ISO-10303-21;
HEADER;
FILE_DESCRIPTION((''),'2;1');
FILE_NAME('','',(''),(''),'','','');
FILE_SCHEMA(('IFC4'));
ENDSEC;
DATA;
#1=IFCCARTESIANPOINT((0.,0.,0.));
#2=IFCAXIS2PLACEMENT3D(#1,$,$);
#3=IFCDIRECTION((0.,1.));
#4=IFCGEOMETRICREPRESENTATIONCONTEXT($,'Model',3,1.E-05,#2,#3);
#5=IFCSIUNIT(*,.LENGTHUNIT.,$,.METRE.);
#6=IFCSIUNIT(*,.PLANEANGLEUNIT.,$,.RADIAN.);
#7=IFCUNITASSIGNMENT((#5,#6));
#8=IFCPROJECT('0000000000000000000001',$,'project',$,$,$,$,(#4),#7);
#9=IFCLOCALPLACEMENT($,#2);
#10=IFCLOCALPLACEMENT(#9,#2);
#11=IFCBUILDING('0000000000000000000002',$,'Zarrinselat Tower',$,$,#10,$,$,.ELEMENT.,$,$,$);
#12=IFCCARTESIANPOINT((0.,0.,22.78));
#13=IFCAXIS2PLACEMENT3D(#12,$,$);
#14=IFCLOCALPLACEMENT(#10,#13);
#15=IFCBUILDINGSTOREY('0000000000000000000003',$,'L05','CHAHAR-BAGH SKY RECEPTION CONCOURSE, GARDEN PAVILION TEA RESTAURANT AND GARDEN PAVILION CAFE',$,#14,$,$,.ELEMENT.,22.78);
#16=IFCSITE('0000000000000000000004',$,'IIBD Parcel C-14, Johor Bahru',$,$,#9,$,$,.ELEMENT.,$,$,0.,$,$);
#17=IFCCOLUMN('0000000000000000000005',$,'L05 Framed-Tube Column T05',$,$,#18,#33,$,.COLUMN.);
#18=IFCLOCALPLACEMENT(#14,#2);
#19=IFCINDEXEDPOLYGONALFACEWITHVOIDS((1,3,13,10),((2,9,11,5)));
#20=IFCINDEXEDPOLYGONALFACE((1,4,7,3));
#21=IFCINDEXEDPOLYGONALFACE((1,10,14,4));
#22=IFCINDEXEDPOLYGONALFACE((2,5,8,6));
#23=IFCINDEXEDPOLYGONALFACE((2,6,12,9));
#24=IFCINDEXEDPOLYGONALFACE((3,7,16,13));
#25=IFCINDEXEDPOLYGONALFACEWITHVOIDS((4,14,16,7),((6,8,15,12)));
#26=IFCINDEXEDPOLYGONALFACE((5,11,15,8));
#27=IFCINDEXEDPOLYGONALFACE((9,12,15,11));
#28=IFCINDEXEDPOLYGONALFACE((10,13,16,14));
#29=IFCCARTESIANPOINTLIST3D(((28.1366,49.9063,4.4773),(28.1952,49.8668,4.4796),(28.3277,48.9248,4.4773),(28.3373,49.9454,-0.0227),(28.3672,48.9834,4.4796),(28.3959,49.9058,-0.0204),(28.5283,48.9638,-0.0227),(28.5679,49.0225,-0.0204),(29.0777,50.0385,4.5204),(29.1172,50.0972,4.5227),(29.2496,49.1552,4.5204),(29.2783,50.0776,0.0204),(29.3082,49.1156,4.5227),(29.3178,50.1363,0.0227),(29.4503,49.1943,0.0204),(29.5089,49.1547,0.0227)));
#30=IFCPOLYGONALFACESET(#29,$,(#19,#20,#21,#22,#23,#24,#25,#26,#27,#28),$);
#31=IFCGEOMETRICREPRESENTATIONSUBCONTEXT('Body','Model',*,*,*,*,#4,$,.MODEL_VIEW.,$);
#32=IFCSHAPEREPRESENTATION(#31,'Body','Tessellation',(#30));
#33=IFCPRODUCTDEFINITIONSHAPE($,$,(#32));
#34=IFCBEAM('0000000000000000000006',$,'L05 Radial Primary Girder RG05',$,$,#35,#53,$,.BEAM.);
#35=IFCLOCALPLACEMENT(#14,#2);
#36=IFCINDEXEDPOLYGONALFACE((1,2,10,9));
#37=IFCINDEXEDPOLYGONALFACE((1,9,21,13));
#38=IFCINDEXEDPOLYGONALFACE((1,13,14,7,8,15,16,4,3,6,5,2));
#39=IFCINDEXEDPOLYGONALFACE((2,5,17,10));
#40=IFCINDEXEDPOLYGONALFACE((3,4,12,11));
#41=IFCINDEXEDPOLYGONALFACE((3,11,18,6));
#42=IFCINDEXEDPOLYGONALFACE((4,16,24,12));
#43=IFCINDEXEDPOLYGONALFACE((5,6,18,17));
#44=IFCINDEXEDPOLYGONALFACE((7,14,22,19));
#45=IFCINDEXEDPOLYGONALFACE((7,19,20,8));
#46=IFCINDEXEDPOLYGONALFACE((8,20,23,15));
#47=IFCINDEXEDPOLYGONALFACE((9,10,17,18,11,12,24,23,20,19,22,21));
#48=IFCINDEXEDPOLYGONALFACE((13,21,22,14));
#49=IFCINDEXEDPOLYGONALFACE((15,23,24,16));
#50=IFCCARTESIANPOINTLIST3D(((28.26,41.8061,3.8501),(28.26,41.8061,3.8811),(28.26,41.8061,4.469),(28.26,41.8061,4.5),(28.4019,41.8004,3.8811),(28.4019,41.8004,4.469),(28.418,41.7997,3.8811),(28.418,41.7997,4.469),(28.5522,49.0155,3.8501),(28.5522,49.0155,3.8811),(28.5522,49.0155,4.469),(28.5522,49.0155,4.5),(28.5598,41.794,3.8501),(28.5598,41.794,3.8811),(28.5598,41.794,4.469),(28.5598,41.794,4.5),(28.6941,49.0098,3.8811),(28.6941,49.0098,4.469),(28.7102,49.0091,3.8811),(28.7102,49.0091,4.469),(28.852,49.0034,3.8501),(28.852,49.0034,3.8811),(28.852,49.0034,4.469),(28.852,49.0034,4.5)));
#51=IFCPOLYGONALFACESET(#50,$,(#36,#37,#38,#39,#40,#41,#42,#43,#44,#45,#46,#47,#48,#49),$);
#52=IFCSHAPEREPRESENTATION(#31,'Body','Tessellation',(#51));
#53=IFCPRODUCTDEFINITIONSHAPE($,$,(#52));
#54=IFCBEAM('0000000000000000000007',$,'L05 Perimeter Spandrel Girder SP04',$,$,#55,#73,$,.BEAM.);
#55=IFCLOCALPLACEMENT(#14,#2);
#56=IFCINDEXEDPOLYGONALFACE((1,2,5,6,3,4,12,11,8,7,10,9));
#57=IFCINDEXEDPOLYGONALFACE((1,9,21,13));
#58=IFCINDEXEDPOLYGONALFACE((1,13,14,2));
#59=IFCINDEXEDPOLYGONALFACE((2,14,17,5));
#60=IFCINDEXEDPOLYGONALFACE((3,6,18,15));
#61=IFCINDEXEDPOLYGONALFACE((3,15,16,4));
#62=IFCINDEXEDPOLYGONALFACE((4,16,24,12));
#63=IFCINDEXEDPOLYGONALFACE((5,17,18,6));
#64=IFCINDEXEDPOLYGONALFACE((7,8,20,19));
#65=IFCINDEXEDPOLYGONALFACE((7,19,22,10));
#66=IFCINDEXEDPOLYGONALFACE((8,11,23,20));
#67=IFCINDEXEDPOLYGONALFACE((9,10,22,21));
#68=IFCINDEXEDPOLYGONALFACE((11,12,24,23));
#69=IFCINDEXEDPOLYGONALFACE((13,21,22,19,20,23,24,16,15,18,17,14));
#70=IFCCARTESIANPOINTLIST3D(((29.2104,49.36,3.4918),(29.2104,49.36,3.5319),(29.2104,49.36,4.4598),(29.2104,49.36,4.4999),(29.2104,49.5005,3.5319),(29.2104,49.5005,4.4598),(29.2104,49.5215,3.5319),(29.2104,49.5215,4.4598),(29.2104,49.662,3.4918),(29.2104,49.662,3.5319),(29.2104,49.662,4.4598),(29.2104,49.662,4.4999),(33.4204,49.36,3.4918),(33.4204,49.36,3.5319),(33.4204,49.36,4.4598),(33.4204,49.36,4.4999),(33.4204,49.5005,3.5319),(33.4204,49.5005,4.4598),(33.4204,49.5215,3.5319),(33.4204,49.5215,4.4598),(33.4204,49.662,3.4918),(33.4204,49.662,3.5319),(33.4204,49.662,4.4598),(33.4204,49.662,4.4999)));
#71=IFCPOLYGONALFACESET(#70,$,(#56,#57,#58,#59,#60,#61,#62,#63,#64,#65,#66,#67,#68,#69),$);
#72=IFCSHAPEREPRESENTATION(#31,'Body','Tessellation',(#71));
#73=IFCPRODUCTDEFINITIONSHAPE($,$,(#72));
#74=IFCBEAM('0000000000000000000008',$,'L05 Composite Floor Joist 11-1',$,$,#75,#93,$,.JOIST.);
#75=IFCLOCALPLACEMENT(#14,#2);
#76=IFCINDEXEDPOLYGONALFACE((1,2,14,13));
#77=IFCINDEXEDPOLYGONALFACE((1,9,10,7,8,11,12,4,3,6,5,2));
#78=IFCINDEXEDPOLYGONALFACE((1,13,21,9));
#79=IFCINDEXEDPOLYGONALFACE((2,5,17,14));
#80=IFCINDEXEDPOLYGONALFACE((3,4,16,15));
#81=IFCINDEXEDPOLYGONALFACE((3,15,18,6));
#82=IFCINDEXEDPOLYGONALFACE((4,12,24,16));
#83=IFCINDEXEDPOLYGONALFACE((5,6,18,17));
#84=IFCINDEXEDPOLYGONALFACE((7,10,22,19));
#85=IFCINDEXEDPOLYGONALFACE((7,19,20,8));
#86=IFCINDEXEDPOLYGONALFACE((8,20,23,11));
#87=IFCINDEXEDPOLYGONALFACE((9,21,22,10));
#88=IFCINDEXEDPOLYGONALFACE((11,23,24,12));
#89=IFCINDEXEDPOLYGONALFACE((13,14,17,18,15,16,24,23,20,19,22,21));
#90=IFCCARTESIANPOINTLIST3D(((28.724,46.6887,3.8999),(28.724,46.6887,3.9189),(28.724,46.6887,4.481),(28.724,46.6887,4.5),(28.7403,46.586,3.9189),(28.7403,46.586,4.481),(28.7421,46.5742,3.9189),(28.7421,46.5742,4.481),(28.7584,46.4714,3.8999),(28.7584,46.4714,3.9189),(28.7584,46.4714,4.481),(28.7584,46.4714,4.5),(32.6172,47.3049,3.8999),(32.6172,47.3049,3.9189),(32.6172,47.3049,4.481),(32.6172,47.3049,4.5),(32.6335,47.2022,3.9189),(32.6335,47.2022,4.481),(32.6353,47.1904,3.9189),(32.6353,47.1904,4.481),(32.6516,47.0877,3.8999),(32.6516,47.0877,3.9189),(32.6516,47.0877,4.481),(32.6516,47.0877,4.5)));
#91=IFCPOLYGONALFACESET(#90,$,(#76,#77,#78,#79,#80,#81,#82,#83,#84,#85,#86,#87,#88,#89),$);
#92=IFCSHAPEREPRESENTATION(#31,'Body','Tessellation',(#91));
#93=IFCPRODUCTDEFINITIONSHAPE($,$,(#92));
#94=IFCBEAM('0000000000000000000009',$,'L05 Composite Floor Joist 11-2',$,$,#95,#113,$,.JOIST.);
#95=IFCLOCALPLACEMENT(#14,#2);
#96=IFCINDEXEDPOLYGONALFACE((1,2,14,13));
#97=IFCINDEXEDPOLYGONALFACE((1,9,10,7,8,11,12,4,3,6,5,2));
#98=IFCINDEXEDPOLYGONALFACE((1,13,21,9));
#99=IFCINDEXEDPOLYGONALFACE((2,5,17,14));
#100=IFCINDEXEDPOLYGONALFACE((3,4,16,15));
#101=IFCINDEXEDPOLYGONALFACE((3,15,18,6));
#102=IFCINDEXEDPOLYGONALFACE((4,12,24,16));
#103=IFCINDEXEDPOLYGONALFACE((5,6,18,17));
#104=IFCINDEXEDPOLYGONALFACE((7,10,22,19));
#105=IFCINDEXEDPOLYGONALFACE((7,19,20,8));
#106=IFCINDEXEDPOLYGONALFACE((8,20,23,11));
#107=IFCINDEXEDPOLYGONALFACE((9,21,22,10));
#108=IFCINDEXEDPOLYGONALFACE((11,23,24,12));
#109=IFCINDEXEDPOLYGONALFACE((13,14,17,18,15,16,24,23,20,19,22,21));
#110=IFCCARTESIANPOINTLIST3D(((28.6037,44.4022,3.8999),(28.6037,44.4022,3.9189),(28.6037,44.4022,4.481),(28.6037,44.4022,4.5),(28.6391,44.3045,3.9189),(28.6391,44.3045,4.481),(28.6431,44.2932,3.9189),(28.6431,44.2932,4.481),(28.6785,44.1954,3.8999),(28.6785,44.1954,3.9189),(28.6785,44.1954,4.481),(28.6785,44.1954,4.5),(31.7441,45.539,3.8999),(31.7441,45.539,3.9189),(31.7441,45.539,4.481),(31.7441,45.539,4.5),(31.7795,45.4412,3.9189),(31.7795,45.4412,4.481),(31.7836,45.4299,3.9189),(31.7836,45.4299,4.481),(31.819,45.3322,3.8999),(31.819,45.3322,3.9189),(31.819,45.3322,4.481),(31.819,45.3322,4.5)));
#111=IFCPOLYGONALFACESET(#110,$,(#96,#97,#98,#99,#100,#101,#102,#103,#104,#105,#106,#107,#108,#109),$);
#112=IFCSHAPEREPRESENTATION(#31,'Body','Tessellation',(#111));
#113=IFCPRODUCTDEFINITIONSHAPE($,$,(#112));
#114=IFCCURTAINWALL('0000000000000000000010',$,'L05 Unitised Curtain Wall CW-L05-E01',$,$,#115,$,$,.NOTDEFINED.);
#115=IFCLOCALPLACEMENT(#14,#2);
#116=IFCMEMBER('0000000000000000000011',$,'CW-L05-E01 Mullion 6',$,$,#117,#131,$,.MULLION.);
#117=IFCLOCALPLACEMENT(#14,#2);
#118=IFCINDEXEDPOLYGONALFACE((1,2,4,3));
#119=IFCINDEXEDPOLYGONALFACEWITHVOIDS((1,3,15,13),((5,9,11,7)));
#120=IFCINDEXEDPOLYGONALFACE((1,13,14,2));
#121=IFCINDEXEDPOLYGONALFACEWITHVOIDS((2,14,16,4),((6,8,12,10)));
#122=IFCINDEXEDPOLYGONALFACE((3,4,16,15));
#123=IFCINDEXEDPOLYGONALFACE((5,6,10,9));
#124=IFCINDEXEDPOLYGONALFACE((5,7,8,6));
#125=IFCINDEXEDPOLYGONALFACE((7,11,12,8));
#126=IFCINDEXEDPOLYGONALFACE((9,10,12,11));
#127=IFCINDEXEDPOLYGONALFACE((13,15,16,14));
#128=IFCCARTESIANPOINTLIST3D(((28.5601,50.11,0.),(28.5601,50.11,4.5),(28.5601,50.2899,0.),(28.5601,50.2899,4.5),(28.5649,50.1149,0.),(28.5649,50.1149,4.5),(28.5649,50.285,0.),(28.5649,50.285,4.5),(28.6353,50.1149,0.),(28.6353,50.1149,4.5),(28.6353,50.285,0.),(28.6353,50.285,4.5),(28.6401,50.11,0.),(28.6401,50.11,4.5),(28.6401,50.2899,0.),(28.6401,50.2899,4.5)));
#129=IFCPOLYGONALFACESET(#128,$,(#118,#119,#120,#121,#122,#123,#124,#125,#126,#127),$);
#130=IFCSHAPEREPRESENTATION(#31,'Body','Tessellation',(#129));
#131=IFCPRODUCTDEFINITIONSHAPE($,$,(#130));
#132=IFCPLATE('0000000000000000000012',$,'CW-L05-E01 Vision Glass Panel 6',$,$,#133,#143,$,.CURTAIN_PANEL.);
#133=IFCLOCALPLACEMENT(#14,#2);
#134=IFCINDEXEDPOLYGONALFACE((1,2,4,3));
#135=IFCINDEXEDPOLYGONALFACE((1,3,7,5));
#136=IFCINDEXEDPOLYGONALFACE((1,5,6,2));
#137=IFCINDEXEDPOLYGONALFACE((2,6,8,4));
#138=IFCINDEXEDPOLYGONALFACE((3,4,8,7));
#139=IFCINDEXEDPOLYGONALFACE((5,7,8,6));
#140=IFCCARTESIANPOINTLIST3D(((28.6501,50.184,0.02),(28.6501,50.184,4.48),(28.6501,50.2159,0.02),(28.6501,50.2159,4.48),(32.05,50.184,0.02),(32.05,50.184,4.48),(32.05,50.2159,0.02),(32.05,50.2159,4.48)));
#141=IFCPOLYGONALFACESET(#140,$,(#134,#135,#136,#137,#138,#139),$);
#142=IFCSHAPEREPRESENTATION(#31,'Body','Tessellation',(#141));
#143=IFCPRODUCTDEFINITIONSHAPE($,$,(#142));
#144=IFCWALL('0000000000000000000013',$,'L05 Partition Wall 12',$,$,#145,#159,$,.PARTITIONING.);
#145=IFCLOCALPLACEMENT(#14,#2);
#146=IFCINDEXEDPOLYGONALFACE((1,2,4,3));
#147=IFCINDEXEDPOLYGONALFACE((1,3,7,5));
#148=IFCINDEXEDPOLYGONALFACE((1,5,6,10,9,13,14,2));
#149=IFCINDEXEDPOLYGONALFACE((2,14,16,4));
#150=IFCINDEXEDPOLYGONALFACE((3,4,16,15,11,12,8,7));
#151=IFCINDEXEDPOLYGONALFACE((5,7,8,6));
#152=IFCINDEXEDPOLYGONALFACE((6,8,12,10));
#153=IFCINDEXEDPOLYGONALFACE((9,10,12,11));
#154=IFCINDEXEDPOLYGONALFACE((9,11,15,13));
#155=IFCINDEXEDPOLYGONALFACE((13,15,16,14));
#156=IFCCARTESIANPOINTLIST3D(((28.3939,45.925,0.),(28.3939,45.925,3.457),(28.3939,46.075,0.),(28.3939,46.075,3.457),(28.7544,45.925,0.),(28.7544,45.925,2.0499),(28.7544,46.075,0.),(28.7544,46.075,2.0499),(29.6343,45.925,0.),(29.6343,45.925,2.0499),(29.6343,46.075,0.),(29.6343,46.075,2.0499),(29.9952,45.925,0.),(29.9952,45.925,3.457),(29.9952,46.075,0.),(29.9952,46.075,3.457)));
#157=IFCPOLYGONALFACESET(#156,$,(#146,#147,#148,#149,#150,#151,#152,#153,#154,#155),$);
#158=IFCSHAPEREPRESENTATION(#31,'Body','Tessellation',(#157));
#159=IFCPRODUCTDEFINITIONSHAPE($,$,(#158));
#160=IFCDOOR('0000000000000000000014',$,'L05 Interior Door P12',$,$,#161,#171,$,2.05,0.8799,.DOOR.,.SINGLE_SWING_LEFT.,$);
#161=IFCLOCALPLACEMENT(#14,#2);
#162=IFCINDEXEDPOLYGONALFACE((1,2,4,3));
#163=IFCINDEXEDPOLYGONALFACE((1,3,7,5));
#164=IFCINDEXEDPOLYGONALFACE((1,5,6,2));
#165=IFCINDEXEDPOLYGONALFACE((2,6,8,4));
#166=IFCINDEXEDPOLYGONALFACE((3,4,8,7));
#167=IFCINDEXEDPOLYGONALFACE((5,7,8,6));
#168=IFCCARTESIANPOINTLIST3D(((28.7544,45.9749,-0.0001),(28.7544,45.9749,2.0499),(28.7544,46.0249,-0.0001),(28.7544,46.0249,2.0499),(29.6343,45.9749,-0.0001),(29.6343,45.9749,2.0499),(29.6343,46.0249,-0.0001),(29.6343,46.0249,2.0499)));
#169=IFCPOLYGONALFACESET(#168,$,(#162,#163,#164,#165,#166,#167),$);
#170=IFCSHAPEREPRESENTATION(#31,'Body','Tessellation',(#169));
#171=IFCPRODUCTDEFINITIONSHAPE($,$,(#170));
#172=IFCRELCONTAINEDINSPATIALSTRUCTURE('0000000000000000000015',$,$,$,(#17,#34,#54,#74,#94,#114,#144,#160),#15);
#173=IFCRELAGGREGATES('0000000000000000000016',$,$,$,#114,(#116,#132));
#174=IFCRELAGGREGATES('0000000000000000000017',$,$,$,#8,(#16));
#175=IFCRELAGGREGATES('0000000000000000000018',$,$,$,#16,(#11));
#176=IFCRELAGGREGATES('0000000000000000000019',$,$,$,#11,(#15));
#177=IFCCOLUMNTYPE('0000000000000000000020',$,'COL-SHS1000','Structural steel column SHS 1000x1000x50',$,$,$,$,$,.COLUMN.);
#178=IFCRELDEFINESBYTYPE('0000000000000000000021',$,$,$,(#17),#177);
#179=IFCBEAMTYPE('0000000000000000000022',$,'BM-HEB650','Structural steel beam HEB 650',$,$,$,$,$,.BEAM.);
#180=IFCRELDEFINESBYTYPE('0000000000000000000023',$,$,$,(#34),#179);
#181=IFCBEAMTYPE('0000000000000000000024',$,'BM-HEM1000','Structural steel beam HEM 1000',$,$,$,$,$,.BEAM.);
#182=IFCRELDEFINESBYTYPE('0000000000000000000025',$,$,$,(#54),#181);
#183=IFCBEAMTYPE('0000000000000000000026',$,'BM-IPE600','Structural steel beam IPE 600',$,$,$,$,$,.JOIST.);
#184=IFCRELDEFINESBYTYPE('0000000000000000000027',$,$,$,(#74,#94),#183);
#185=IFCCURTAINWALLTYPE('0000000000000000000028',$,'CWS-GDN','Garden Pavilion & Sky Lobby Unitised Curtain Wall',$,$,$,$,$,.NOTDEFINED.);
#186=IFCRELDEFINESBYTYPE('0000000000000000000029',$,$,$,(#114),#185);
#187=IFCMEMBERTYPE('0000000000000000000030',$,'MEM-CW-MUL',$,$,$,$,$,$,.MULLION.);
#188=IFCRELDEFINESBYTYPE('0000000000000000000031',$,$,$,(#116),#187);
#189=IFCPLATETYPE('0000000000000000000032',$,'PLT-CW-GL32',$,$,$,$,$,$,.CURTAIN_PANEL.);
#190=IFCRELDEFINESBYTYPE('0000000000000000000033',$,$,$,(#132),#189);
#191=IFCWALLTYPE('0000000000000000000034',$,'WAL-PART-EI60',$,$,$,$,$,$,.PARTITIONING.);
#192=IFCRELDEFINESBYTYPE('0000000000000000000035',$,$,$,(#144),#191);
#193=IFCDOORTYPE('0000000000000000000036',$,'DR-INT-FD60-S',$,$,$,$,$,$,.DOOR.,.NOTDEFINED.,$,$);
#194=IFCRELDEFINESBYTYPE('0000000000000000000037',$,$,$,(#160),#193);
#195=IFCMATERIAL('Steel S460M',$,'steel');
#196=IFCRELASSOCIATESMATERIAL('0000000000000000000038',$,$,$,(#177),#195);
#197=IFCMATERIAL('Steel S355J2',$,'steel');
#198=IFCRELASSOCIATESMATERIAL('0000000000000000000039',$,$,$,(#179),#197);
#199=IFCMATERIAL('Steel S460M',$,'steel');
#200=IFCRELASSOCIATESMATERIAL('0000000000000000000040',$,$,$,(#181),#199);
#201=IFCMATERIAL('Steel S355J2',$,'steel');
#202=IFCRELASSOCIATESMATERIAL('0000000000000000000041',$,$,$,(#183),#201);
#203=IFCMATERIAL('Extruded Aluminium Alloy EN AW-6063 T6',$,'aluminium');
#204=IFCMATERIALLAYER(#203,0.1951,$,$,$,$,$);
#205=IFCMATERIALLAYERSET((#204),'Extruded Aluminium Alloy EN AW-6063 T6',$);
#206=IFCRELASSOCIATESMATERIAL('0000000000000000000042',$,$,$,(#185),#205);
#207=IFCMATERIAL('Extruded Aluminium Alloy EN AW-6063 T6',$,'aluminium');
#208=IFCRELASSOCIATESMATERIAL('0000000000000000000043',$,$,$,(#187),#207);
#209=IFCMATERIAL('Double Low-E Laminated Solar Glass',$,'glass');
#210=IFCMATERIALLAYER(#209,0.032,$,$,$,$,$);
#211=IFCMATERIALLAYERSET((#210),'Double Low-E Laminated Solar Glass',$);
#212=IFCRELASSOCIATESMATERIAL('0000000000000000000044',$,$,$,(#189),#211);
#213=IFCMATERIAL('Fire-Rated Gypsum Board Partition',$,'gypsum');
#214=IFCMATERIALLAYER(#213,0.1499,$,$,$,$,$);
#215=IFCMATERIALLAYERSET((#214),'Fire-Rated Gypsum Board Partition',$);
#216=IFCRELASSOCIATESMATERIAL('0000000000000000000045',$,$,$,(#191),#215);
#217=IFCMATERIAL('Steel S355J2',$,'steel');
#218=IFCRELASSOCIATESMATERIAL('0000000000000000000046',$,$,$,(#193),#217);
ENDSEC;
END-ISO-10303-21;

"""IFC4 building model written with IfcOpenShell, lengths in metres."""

from ifc_helpers import new_model, si_unit, direction, frame, frame_2d, origin, origin_2d, place, context, subcontext, project, spatial, rectangle, hollow_rectangle, i_section, extrude, material, layer, layer_set, material_profile, profile_set, type_object, element, fill, aggregate, save


model = new_model("IFC4")

# Units and contexts
model_context = context("Model", 3, precision=1e-05, world=origin(), true_north=direction((0.0, 1.0)))
body_context = subcontext(model_context, "Body", "Model", "MODEL_VIEW")
ifc_project = project(units=[si_unit("LENGTHUNIT", "METRE"), si_unit("PLANEANGLEUNIT", "RADIAN")], contexts=[model_context])

# Site, building, storey
site_placement = place(None, origin())
site = spatial("IfcSite", under=ifc_project, at=site_placement, Name="IIBD Parcel C-14, Johor Bahru", CompositionType="ELEMENT", RefElevation=0.0)
building_placement = place(site_placement, origin())
building = spatial("IfcBuilding", under=site, at=building_placement, Name="Zarrinselat Tower", CompositionType="ELEMENT")
storey_placement = place(building_placement, frame((0.0, 0.0, 22.78)))
storey = spatial("IfcBuildingStorey", under=building, at=storey_placement, Name="L05", Description="CHAHAR-BAGH SKY RECEPTION CONCOURSE, GARDEN PAVILION TEA RESTAURANT AND GARDEN PAVILION CAFE", CompositionType="ELEMENT", Elevation=22.78)

# Column
ifc_material_1 = material(Name="Steel S460M", Category="steel")
ifc_material_profile_1 = material_profile(ifc_material_1, hollow_rectangle(XDim=1.0, YDim=1.0, WallThickness=0.05, at=origin_2d()), Name="SHS 1000x1000x50")
ifc_profile_set_1 = profile_set([ifc_material_profile_1], Name="Steel S460M")
column_type = type_object("IfcColumnType", Name="COL-SHS1000", Description="Structural steel column SHS 1000x1000x50", PredefinedType="COLUMN", material=ifc_profile_set_1)
column_placement = place(storey_placement, frame((28.9231, 49.55, 0.0), z_axis=(-0.04455, -0.008672, 0.99897), x_axis=(0.191061, -0.981578, 0.0)))
element("IfcColumn", 1, at=column_placement, inside=storey, type_object=column_type, Name="L05 Framed-Tube Column T05", PredefinedType="COLUMN", context=body_context, shape_type="SweptSolid", body=[
    extrude(hollow_rectangle(XDim=1.0, YDim=1.0, WallThickness=0.05, at=origin_2d()), origin(), (0.0, 0.0, 1.0), 4.5046),
])

# Beams
ifc_material_2 = material(Name="Steel S355J2", Category="steel")
ifc_material_profile_2 = material_profile(ifc_material_2, i_section(OverallWidth=0.3, OverallDepth=0.6499, WebThickness=0.0161, FlangeThickness=0.031, at=origin_2d()), Name="HEB 650")
ifc_profile_set_2 = profile_set([ifc_material_profile_2], Name="Steel S355J2")
beam_type_1 = type_object("IfcBeamType", Name="BM-HEB650", Description="Structural steel beam HEB 650", PredefinedType="BEAM", material=ifc_profile_set_2)
beam_1_placement = place(storey_placement, frame((28.4099, 41.8, 4.175), z_axis=(0.040502, 0.999179, 0.0), x_axis=(-0.999179, 0.040502, 0.0)))
element("IfcBeam", 2, at=beam_1_placement, inside=storey, type_object=beam_type_1, Name="L05 Radial Primary Girder RG05", PredefinedType="BEAM", context=body_context, shape_type="SweptSolid", body=[
    extrude(i_section(OverallWidth=0.3, OverallDepth=0.6499, WebThickness=0.0161, FlangeThickness=0.031, at=origin_2d()), origin(), (0.0, 0.0, 1.0), 7.2153),
])
ifc_material_3 = material(Name="Steel S460M", Category="steel")
ifc_material_profile_3 = material_profile(ifc_material_3, i_section(OverallWidth=0.302, OverallDepth=1.0081, WebThickness=0.021, FlangeThickness=0.04, at=origin_2d()), Name="HEM 1000")
ifc_profile_set_3 = profile_set([ifc_material_profile_3], Name="Steel S460M")
beam_type_2 = type_object("IfcBeamType", Name="BM-HEM1000", Description="Structural steel beam HEM 1000", PredefinedType="BEAM", material=ifc_profile_set_3)
beam_2_placement = place(storey_placement, frame((29.2104, 49.511, 3.9958), z_axis=(1.0, 0.0, 0.0), x_axis=(0.0, 1.0, 0.0)))
element("IfcBeam", 3, at=beam_2_placement, inside=storey, type_object=beam_type_2, Name="L05 Perimeter Spandrel Girder SP04", PredefinedType="BEAM", context=body_context, shape_type="SweptSolid", body=[
    extrude(i_section(OverallWidth=0.302, OverallDepth=1.0081, WebThickness=0.021, FlangeThickness=0.04, at=origin_2d()), origin(), (0.0, 0.0, 1.0), 4.21),
])
ifc_material_4 = material(Name="Steel S355J2", Category="steel")
ifc_material_profile_4 = material_profile(ifc_material_4, i_section(OverallWidth=0.22, OverallDepth=0.6001, WebThickness=0.012, FlangeThickness=0.019, at=origin_2d()), Name="IPE 600")
ifc_profile_set_4 = profile_set([ifc_material_profile_4], Name="Steel S355J2")
beam_type_3 = type_object("IfcBeamType", Name="BM-IPE600", Description="Structural steel beam IPE 600", PredefinedType="JOIST", material=ifc_profile_set_4)
beam_3_placement = place(storey_placement, frame((28.7412, 46.5801, 4.2), z_axis=(0.987704, 0.156338, 0.0), x_axis=(-0.156338, 0.987704, 0.0)))
element("IfcBeam", 4, at=beam_3_placement, inside=storey, type_object=beam_type_3, Name="L05 Composite Floor Joist 11-1", PredefinedType="JOIST", context=body_context, shape_type="SweptSolid", body=[
    extrude(i_section(OverallWidth=0.22, OverallDepth=0.6001, WebThickness=0.012, FlangeThickness=0.019, at=origin_2d()), origin(), (0.0, 0.0, 1.0), 3.9417),
])
beam_4_placement = place(storey_placement, frame((28.6411, 44.2988, 4.2), z_axis=(0.940296, 0.340358, 0.0), x_axis=(-0.340358, 0.940296, 0.0)))
element("IfcBeam", 5, at=beam_4_placement, inside=storey, type_object=beam_type_3, Name="L05 Composite Floor Joist 11-2", PredefinedType="JOIST", context=body_context, shape_type="SweptSolid", body=[
    extrude(i_section(OverallWidth=0.22, OverallDepth=0.6001, WebThickness=0.012, FlangeThickness=0.019, at=origin_2d()), origin(), (0.0, 0.0, 1.0), 3.3398),
])

# Curtain wall, member, plate
ifc_material_5 = material(Name="Extruded Aluminium Alloy EN AW-6063 T6", Category="aluminium")
ifc_layer_1 = layer(ifc_material_5, 0.1951)
ifc_layer_set_1 = layer_set([ifc_layer_1], Name="Extruded Aluminium Alloy EN AW-6063 T6")
curtain_wall_type = type_object("IfcCurtainWallType", Name="CWS-GDN", Description="Garden Pavilion & Sky Lobby Unitised Curtain Wall", PredefinedType="NOTDEFINED", material=ifc_layer_set_1)
curtain_wall_placement = place(storey_placement, origin())
curtain_wall = element("IfcCurtainWall", 6, at=curtain_wall_placement, inside=storey, type_object=curtain_wall_type, Name="L05 Unitised Curtain Wall CW-L05-E01", PredefinedType="NOTDEFINED")
ifc_material_6 = material(Name="Extruded Aluminium Alloy EN AW-6063 T6", Category="aluminium")
ifc_material_profile_5 = material_profile(ifc_material_6, hollow_rectangle(XDim=0.0801, YDim=0.1799, WallThickness=0.0049, at=origin_2d()), Name="RHS 180x80x5")
ifc_profile_set_5 = profile_set([ifc_material_profile_5], Name="Extruded Aluminium Alloy EN AW-6063 T6")
member_type = type_object("IfcMemberType", Name="MEM-CW-MUL", PredefinedType="MULLION", material=ifc_profile_set_5)
member_placement = place(storey_placement, frame((28.6001, 50.2, 0.0), z_axis=(0.0, 0.0, 1.0), x_axis=(-1.0, 0.0, 0.0)))
member = element("IfcMember", 7, at=member_placement, type_object=member_type, Name="CW-L05-E01 Mullion 6", PredefinedType="MULLION", context=body_context, shape_type="SweptSolid", body=[
    extrude(hollow_rectangle(XDim=0.0801, YDim=0.1799, WallThickness=0.0049, at=origin_2d()), origin(), (0.0, 0.0, 1.0), 4.5),
])
ifc_material_7 = material(Name="Double Low-E Laminated Solar Glass", Category="glass")
ifc_layer_2 = layer(ifc_material_7, 0.032)
ifc_layer_set_2 = layer_set([ifc_layer_2], Name="Double Low-E Laminated Solar Glass")
plate_type = type_object("IfcPlateType", Name="PLT-CW-GL32", PredefinedType="CURTAIN_PANEL", material=ifc_layer_set_2)
plate_placement = place(storey_placement, frame((30.3501, 50.2, 0.02), z_axis=(0.0, 0.0, 1.0), x_axis=(-1.0, 0.0, 0.0)))
plate = element("IfcPlate", 8, at=plate_placement, type_object=plate_type, Name="CW-L05-E01 Vision Glass Panel 6", PredefinedType="CURTAIN_PANEL", context=body_context, shape_type="SweptSolid", body=[
    extrude(rectangle(XDim=3.3999, YDim=0.032, at=origin_2d()), origin(), (0.0, 0.0, 1.0), 4.46),
])
aggregate(curtain_wall, [member, plate])

# Wall, opening, door
ifc_material_8 = material(Name="Fire-Rated Gypsum Board Partition", Category="gypsum")
ifc_layer_3 = layer(ifc_material_8, 0.1499)
ifc_layer_set_3 = layer_set([ifc_layer_3], Name="Fire-Rated Gypsum Board Partition")
wall_type_1 = type_object("IfcWallType", Name="WAL-PART-EI60", PredefinedType="PARTITIONING", material=ifc_layer_set_3)
wall_1_placement = place(storey_placement, frame((28.3938, 46.0, 0.0), z_axis=(0.0, 0.0, 1.0), x_axis=(1.0, 0.0, 0.0)))
wall_1 = element("IfcWall", 9, at=wall_1_placement, inside=storey, type_object=wall_type_1, Name="L05 Partition Wall 12", PredefinedType="PARTITIONING", context=body_context, shape_type="SweptSolid", body=[
    extrude(rectangle(XDim=1.6013, YDim=0.1499, at=frame_2d((0.8008, 0.0))), origin(), (0.0, 0.0, 1.0), 3.457),
])
opening_1_placement = place(wall_1_placement, frame((0.3606, 0.0, 0.0)))
opening_1 = element("IfcOpeningElement", 10, at=opening_1_placement, cuts=wall_1, PredefinedType="OPENING", context=body_context, shape_type="SweptSolid", body=[
    extrude(rectangle(XDim=0.8799, YDim=2.05, at=frame_2d((0.4399, 1.0249))), frame((0.0, 0.085, 0.0), z_axis=(0.0, -1.0, 0.0), x_axis=(1.0, 0.0, 0.0)), (0.0, 0.0, 1.0), 0.1699),
])
ifc_material_9 = material(Name="Steel S355J2", Category="steel")
door_type_1 = type_object("IfcDoorType", Name="DR-INT-FD60-S", OperationType="NOTDEFINED", PredefinedType="DOOR", material=ifc_material_9)
door_1_placement = place(opening_1_placement, origin())
door_1 = element("IfcDoor", 11, at=door_1_placement, inside=storey, type_object=door_type_1, Name="L05 Interior Door P12", OperationType="SINGLE_SWING_LEFT", OverallHeight=2.05, OverallWidth=0.8799, PredefinedType="DOOR", context=body_context, shape_type="SweptSolid", body=[
    extrude(rectangle(XDim=0.8799, YDim=2.05, at=frame_2d((0.4399, 1.0249))), frame((0.0, 0.0249, 0.0), z_axis=(0.0, -1.0, 0.0), x_axis=(1.0, 0.0, 0.0)), (0.0, 0.0, 1.0), 0.05),
])
fill(opening_1, door_1)

save(model, "model.ifc")
